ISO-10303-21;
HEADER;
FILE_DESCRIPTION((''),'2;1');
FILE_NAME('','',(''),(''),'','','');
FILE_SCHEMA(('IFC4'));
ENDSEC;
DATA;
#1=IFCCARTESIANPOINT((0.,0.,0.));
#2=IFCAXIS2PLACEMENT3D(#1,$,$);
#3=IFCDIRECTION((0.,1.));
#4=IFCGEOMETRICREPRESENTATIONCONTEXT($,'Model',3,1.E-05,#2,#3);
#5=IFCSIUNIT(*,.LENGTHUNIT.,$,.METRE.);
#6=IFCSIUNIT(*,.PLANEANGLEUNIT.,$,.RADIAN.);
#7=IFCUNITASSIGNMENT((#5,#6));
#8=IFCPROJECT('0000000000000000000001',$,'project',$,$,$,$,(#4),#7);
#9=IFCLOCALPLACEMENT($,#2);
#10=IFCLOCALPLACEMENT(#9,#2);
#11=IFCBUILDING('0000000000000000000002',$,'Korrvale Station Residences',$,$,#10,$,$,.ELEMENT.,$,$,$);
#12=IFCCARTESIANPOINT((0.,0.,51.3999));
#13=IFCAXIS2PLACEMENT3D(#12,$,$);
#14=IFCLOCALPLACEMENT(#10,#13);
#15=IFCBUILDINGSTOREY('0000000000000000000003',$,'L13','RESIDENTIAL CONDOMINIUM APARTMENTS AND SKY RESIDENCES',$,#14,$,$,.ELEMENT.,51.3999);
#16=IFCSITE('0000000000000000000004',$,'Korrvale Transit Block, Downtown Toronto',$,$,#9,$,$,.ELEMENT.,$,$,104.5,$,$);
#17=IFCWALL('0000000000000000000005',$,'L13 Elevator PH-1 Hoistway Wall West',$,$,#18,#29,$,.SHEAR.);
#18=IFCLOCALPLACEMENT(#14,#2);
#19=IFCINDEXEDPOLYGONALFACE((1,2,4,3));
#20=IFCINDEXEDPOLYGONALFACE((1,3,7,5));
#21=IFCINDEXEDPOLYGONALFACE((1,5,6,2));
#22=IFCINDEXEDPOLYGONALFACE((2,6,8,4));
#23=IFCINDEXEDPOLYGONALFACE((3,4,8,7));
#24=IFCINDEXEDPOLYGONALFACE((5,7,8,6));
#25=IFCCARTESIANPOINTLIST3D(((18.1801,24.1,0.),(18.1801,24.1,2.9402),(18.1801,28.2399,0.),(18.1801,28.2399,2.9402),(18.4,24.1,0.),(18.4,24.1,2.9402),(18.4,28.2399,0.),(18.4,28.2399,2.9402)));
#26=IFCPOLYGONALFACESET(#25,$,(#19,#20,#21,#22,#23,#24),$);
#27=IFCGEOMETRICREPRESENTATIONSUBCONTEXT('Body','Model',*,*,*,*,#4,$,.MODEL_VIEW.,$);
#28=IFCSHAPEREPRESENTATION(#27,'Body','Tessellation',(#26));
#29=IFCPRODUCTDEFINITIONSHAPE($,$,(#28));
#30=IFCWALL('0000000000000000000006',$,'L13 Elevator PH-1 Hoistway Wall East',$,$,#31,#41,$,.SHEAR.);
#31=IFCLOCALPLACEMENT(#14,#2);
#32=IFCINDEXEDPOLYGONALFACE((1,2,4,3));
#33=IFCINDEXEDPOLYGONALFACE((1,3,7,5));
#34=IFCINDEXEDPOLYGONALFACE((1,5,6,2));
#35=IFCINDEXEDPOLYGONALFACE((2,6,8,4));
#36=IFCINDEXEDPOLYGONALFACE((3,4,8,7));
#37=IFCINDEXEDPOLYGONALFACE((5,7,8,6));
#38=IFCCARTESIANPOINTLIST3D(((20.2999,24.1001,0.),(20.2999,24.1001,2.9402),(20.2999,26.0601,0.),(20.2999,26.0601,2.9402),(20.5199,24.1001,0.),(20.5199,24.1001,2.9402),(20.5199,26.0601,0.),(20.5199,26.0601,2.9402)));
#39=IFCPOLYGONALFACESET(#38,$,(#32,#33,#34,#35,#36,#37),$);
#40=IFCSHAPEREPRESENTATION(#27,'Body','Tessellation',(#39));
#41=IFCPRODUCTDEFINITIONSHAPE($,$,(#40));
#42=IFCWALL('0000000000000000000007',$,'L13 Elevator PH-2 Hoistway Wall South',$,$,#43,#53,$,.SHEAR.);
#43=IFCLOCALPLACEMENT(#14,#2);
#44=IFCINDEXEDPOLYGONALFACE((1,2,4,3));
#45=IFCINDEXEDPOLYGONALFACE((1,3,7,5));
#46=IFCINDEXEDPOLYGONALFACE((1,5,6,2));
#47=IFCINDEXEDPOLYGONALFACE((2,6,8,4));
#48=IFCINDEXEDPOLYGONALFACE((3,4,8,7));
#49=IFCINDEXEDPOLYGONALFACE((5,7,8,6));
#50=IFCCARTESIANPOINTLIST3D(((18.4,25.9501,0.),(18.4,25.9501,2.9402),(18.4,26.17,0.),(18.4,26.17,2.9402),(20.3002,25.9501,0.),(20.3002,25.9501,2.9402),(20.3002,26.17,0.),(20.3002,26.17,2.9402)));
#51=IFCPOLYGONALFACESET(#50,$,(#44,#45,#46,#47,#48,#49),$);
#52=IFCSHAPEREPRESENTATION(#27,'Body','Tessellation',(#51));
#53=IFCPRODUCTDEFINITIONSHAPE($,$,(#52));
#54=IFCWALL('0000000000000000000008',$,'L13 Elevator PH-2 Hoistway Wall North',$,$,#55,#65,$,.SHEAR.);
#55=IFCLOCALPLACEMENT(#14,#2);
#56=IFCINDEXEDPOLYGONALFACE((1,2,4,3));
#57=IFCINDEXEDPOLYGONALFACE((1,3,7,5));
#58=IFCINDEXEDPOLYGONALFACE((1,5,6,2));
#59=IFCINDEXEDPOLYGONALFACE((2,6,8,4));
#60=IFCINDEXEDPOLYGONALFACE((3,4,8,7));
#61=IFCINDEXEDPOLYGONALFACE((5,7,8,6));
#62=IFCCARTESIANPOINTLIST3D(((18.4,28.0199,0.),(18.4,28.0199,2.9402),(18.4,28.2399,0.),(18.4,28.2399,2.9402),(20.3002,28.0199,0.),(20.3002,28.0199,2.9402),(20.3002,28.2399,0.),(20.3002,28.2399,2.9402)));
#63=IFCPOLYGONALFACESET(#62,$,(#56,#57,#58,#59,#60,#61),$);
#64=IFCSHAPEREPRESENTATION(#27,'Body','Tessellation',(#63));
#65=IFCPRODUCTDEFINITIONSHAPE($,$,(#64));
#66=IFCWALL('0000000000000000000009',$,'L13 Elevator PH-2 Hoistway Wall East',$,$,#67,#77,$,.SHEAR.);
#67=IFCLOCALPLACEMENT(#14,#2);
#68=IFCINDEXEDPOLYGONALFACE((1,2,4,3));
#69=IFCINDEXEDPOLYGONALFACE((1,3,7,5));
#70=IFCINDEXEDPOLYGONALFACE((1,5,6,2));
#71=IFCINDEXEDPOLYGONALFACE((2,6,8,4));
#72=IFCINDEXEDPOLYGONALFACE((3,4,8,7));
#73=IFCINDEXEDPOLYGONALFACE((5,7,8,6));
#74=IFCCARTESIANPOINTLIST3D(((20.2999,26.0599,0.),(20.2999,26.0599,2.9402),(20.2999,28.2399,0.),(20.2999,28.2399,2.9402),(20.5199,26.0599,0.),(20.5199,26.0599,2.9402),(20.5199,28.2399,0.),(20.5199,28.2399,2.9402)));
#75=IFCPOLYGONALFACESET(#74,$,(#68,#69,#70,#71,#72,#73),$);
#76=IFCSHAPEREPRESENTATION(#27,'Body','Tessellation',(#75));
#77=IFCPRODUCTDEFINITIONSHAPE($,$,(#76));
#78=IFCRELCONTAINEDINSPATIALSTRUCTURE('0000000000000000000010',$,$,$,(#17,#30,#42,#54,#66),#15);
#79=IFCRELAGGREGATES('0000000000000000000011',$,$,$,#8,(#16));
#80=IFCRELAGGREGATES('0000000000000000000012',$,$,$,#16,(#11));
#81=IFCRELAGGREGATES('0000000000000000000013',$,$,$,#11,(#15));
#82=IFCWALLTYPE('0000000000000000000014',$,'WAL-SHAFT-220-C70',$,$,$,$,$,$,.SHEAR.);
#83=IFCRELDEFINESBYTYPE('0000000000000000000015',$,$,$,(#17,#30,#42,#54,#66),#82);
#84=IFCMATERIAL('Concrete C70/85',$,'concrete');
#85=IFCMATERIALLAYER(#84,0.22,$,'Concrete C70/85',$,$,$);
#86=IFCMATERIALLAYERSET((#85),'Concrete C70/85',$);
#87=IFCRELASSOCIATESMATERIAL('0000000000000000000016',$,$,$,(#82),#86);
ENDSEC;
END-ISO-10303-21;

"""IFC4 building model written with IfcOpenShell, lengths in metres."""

from ifc_helpers import new_model, si_unit, direction, frame, frame_2d, origin, place, context, subcontext, project, spatial, rectangle, extrude, material, layer, layer_set, type_object, element, save


model = new_model("IFC4")

# Units and contexts
model_context = context("Model", 3, precision=1e-05, world=origin(), true_north=direction((0.0, 1.0)))
body_context = subcontext(model_context, "Body", "Model", "MODEL_VIEW")
ifc_project = project(units=[si_unit("LENGTHUNIT", "METRE"), si_unit("PLANEANGLEUNIT", "RADIAN")], contexts=[model_context])

# Site, building, storey
site_placement = place(None, origin())
site = spatial("IfcSite", under=ifc_project, at=site_placement, Name="Korrvale Transit Block, Downtown Toronto", CompositionType="ELEMENT", RefElevation=104.5)
building_placement = place(site_placement, origin())
building = spatial("IfcBuilding", under=site, at=building_placement, Name="Korrvale Station Residences", CompositionType="ELEMENT")
storey_placement = place(building_placement, frame((0.0, 0.0, 51.3999)))
storey = spatial("IfcBuildingStorey", under=building, at=storey_placement, Name="L13", Description="RESIDENTIAL CONDOMINIUM APARTMENTS AND SKY RESIDENCES", CompositionType="ELEMENT", Elevation=51.3999)

# Shared definitions
ifc_material_1 = material(Name="Concrete C70/85", Category="concrete")

# Shared definitions
ifc_layer_1 = layer(ifc_material_1, 0.22, Name="Concrete C70/85")
ifc_layer_set_1 = layer_set([ifc_layer_1], Name="Concrete C70/85")
wall_type_1 = type_object("IfcWallType", Name="WAL-SHAFT-220-C70", PredefinedType="SHEAR", material=ifc_layer_set_1)

# Walls
wall_1_placement = place(storey_placement, frame((18.29, 24.1001, 0.0), z_axis=(0.0, 0.0, 1.0), x_axis=(0.0, 1.0, 0.0)))
element("IfcWall", 1, at=wall_1_placement, inside=storey, type_object=wall_type_1, Name="L13 Elevator PH-1 Hoistway Wall West", PredefinedType="SHEAR", context=body_context, shape_type="SweptSolid", body=[
    extrude(rectangle(XDim=4.1399, YDim=0.22, at=frame_2d((2.0698, 0.0))), origin(), (0.0, 0.0, 1.0), 2.9402),
])
wall_2_placement = place(storey_placement, frame((20.4099, 24.1001, 0.0), z_axis=(0.0, 0.0, 1.0), x_axis=(0.0, 1.0, 0.0)))
element("IfcWall", 2, at=wall_2_placement, inside=storey, type_object=wall_type_1, Name="L13 Elevator PH-1 Hoistway Wall East", PredefinedType="SHEAR", context=body_context, shape_type="SweptSolid", body=[
    extrude(rectangle(XDim=1.96, YDim=0.22, at=frame_2d((0.98, 0.0))), origin(), (0.0, 0.0, 1.0), 2.9402),
])
for number, where, z_axis, x_axis, name in (
    (3, (18.3999, 26.0601, 0.0), (0.0, 0.0, 1.0), (1.0, 0.0, 0.0), "L13 Elevator PH-2 Hoistway Wall South"),
    (4, (18.3999, 28.1299, 0.0), (0.0, 0.0, 1.0), (1.0, 0.0, 0.0), "L13 Elevator PH-2 Hoistway Wall North"),
):
    element("IfcWall", number, at=place(storey_placement, frame(where, z_axis=z_axis, x_axis=x_axis)), inside=storey, type_object=wall_type_1, Name=name, PredefinedType="SHEAR", context=body_context, shape_type="SweptSolid", body=[
        extrude(rectangle(XDim=1.9001, YDim=0.22, at=frame_2d((0.9502, 0.0))), origin(), (0.0, 0.0, 1.0), 2.9402),
    ])
wall_3_placement = place(storey_placement, frame((20.4099, 26.0601, 0.0), z_axis=(0.0, 0.0, 1.0), x_axis=(0.0, 1.0, 0.0)))
element("IfcWall", 5, at=wall_3_placement, inside=storey, type_object=wall_type_1, Name="L13 Elevator PH-2 Hoistway Wall East", PredefinedType="SHEAR", context=body_context, shape_type="SweptSolid", body=[
    extrude(rectangle(XDim=2.1799, YDim=0.22, at=frame_2d((1.0898, 0.0))), origin(), (0.0, 0.0, 1.0), 2.9402),
])

save(model, "model.ifc")
